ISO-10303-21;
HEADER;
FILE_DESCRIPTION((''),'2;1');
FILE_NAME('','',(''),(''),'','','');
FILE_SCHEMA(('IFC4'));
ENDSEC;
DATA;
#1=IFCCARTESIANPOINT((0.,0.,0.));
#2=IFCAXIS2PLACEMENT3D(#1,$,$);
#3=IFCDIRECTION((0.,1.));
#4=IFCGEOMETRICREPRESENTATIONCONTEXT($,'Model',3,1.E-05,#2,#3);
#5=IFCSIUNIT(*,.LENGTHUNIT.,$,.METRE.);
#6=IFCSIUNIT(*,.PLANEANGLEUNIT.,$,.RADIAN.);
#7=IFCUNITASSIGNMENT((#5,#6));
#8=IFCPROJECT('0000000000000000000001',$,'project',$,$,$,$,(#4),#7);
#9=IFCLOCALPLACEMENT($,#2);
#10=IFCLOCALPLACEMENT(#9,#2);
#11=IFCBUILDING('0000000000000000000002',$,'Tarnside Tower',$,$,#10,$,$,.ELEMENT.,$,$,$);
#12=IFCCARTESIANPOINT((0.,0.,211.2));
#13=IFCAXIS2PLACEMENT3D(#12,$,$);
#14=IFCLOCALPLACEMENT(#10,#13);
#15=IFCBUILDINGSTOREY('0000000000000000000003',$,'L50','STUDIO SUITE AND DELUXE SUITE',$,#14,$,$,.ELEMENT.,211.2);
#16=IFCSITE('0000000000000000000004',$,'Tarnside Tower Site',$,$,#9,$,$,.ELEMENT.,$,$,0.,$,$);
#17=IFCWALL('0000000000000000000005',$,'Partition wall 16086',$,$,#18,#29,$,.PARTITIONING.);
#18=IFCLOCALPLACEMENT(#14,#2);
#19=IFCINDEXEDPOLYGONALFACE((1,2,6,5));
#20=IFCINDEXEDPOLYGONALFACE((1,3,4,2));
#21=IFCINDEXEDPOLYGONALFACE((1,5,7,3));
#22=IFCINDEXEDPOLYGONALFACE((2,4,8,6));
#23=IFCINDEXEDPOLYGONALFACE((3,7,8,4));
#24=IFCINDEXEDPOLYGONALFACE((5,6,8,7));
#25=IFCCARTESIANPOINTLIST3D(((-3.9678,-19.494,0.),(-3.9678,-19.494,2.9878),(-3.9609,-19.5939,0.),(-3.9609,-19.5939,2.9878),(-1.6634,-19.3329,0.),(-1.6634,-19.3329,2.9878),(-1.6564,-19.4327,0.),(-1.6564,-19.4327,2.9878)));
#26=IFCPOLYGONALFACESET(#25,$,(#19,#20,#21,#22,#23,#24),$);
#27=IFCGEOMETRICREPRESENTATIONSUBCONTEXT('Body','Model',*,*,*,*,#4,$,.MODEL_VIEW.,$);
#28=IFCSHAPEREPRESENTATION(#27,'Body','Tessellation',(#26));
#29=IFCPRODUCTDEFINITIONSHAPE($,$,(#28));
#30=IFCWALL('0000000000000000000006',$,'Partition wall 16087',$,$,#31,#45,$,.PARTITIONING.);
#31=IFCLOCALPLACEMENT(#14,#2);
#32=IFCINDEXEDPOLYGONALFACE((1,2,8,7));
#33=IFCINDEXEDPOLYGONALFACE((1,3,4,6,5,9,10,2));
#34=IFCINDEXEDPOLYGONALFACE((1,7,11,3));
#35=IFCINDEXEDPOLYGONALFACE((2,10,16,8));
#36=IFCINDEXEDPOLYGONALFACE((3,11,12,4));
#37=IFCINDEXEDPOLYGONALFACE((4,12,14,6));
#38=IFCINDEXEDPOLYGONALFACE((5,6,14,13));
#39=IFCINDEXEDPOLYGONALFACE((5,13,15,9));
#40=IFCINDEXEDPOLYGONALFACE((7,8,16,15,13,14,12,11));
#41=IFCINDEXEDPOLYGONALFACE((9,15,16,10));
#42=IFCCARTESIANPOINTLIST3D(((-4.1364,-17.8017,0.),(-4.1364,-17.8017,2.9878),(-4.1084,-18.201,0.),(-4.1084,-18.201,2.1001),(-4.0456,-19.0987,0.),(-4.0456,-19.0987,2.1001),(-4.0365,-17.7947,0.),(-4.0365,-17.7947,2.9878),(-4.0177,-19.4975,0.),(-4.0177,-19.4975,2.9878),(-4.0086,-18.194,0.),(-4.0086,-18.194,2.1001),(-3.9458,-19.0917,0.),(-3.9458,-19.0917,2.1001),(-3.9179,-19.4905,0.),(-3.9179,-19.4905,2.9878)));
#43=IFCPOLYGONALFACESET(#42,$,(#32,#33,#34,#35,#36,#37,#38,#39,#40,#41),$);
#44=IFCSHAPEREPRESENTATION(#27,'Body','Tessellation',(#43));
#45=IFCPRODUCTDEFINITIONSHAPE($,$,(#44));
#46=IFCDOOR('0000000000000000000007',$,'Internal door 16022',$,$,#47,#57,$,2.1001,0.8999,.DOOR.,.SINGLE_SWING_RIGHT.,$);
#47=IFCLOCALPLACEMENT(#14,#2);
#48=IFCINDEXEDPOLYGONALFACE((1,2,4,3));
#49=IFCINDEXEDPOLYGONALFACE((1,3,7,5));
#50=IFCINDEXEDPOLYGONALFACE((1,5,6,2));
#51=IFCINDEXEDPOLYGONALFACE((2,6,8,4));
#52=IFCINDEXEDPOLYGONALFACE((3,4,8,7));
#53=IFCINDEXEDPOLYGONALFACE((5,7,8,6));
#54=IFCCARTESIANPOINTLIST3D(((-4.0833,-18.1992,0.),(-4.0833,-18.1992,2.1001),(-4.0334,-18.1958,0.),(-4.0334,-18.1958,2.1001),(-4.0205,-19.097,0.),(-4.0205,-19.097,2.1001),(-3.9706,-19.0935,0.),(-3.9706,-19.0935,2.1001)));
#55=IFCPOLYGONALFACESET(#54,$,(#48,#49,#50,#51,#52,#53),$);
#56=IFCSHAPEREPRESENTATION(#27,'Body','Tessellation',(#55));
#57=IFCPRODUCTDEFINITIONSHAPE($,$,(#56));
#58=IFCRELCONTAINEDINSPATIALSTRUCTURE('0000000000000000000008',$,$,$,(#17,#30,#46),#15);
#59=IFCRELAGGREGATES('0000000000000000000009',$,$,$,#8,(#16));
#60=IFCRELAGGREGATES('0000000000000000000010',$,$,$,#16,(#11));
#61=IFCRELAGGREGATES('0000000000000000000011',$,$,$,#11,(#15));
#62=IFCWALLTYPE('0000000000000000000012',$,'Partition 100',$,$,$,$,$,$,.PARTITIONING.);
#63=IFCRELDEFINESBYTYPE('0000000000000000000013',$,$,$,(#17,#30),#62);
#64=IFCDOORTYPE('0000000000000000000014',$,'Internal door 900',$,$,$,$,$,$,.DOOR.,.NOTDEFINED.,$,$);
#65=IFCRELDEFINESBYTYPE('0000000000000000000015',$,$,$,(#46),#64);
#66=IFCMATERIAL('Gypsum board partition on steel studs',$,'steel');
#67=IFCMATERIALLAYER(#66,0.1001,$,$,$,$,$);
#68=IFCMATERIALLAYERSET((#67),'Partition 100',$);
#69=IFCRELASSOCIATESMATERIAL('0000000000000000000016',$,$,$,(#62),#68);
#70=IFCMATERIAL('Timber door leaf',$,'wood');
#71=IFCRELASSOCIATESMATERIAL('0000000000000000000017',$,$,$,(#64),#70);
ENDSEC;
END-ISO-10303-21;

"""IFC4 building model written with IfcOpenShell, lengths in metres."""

from ifc_helpers import new_model, si_unit, direction, frame, frame_2d, origin, place, context, subcontext, project, spatial, rectangle, extrude, material, layer, layer_set, type_object, element, fill, save


model = new_model("IFC4")

# Units and contexts
model_context = context("Model", 3, precision=1e-05, world=origin(), true_north=direction((0.0, 1.0)))
body_context = subcontext(model_context, "Body", "Model", "MODEL_VIEW")
ifc_project = project(units=[si_unit("LENGTHUNIT", "METRE"), si_unit("PLANEANGLEUNIT", "RADIAN")], contexts=[model_context])

# Site, building, storey
site_placement = place(None, origin())
site = spatial("IfcSite", under=ifc_project, at=site_placement, Name="Tarnside Tower Site", CompositionType="ELEMENT", RefElevation=0.0)
building_placement = place(site_placement, origin())
building = spatial("IfcBuilding", under=site, at=building_placement, Name="Tarnside Tower", CompositionType="ELEMENT")
storey_placement = place(building_placement, frame((0.0, 0.0, 211.2)))
storey = spatial("IfcBuildingStorey", under=building, at=storey_placement, Name="L50", Description="STUDIO SUITE AND DELUXE SUITE", CompositionType="ELEMENT", Elevation=211.2)

# Shared definitions
ifc_material_1 = material(Name="Gypsum board partition on steel studs", Category="steel")

# Shared definitions
ifc_material_2 = material(Name="Timber door leaf", Category="wood")

# Wall
ifc_layer_1 = layer(ifc_material_1, 0.1001)
ifc_layer_set_1 = layer_set([ifc_layer_1], Name="Partition 100")
wall_type_1 = type_object("IfcWallType", Name="Partition 100", PredefinedType="PARTITIONING", material=ifc_layer_set_1)
wall_1_placement = place(storey_placement, frame((-1.6599, -19.3828, 0.0), z_axis=(0.0, 0.0, 1.0), x_axis=(-0.997564, -0.069752, 0.0)))
element("IfcWall", 1, at=wall_1_placement, inside=storey, type_object=wall_type_1, Name="Partition wall 16086", PredefinedType="PARTITIONING", context=body_context, shape_type="SweptSolid", body=[
    extrude(rectangle(XDim=2.3101, YDim=0.1001, at=frame_2d((1.155, 0.0))), origin(), (0.0, 0.0, 1.0), 2.9878),
])

# Wall, opening, door
wall_2_placement = place(storey_placement, frame((-3.9678, -19.4941, 0.0), z_axis=(0.0, 0.0, 1.0), x_axis=(-0.069798, 0.997561, 0.0)))
wall_2 = element("IfcWall", 2, at=wall_2_placement, inside=storey, type_object=wall_type_1, Name="Partition wall 16087", PredefinedType="PARTITIONING", context=body_context, shape_type="SweptSolid", body=[
    extrude(rectangle(XDim=1.7, YDim=0.1001, at=frame_2d((0.8501, 0.0))), origin(), (0.0, 0.0, 1.0), 2.9878),
])
opening_1_placement = place(wall_2_placement, frame((0.3999, 0.0, 0.0)))
opening_1 = element("IfcOpeningElement", 3, at=opening_1_placement, cuts=wall_2, PredefinedType="OPENING", context=body_context, shape_type="SweptSolid", body=[
    extrude(rectangle(XDim=0.8999, YDim=2.1001, at=frame_2d((0.45, 1.05))), frame((0.0, 0.0601, 0.0), z_axis=(0.0, -1.0, 0.0), x_axis=(1.0, 0.0, 0.0)), (0.0, 0.0, 1.0), 0.1201),
])
door_type_1 = type_object("IfcDoorType", Name="Internal door 900", OperationType="NOTDEFINED", PredefinedType="DOOR", material=ifc_material_2)
door_1_placement = place(opening_1_placement, origin())
door_1 = element("IfcDoor", 4, at=door_1_placement, inside=storey, type_object=door_type_1, Name="Internal door 16022", OperationType="SINGLE_SWING_RIGHT", OverallHeight=2.1001, OverallWidth=0.8999, PredefinedType="DOOR", context=body_context, shape_type="SweptSolid", body=[
    extrude(rectangle(XDim=0.8999, YDim=2.1001, at=frame_2d((0.45, 1.05))), frame((0.0, 0.0249, 0.0), z_axis=(0.0, -1.0, 0.0), x_axis=(1.0, 0.0, 0.0)), (0.0, 0.0, 1.0), 0.05),
])
fill(opening_1, door_1)

save(model, "model.ifc")
